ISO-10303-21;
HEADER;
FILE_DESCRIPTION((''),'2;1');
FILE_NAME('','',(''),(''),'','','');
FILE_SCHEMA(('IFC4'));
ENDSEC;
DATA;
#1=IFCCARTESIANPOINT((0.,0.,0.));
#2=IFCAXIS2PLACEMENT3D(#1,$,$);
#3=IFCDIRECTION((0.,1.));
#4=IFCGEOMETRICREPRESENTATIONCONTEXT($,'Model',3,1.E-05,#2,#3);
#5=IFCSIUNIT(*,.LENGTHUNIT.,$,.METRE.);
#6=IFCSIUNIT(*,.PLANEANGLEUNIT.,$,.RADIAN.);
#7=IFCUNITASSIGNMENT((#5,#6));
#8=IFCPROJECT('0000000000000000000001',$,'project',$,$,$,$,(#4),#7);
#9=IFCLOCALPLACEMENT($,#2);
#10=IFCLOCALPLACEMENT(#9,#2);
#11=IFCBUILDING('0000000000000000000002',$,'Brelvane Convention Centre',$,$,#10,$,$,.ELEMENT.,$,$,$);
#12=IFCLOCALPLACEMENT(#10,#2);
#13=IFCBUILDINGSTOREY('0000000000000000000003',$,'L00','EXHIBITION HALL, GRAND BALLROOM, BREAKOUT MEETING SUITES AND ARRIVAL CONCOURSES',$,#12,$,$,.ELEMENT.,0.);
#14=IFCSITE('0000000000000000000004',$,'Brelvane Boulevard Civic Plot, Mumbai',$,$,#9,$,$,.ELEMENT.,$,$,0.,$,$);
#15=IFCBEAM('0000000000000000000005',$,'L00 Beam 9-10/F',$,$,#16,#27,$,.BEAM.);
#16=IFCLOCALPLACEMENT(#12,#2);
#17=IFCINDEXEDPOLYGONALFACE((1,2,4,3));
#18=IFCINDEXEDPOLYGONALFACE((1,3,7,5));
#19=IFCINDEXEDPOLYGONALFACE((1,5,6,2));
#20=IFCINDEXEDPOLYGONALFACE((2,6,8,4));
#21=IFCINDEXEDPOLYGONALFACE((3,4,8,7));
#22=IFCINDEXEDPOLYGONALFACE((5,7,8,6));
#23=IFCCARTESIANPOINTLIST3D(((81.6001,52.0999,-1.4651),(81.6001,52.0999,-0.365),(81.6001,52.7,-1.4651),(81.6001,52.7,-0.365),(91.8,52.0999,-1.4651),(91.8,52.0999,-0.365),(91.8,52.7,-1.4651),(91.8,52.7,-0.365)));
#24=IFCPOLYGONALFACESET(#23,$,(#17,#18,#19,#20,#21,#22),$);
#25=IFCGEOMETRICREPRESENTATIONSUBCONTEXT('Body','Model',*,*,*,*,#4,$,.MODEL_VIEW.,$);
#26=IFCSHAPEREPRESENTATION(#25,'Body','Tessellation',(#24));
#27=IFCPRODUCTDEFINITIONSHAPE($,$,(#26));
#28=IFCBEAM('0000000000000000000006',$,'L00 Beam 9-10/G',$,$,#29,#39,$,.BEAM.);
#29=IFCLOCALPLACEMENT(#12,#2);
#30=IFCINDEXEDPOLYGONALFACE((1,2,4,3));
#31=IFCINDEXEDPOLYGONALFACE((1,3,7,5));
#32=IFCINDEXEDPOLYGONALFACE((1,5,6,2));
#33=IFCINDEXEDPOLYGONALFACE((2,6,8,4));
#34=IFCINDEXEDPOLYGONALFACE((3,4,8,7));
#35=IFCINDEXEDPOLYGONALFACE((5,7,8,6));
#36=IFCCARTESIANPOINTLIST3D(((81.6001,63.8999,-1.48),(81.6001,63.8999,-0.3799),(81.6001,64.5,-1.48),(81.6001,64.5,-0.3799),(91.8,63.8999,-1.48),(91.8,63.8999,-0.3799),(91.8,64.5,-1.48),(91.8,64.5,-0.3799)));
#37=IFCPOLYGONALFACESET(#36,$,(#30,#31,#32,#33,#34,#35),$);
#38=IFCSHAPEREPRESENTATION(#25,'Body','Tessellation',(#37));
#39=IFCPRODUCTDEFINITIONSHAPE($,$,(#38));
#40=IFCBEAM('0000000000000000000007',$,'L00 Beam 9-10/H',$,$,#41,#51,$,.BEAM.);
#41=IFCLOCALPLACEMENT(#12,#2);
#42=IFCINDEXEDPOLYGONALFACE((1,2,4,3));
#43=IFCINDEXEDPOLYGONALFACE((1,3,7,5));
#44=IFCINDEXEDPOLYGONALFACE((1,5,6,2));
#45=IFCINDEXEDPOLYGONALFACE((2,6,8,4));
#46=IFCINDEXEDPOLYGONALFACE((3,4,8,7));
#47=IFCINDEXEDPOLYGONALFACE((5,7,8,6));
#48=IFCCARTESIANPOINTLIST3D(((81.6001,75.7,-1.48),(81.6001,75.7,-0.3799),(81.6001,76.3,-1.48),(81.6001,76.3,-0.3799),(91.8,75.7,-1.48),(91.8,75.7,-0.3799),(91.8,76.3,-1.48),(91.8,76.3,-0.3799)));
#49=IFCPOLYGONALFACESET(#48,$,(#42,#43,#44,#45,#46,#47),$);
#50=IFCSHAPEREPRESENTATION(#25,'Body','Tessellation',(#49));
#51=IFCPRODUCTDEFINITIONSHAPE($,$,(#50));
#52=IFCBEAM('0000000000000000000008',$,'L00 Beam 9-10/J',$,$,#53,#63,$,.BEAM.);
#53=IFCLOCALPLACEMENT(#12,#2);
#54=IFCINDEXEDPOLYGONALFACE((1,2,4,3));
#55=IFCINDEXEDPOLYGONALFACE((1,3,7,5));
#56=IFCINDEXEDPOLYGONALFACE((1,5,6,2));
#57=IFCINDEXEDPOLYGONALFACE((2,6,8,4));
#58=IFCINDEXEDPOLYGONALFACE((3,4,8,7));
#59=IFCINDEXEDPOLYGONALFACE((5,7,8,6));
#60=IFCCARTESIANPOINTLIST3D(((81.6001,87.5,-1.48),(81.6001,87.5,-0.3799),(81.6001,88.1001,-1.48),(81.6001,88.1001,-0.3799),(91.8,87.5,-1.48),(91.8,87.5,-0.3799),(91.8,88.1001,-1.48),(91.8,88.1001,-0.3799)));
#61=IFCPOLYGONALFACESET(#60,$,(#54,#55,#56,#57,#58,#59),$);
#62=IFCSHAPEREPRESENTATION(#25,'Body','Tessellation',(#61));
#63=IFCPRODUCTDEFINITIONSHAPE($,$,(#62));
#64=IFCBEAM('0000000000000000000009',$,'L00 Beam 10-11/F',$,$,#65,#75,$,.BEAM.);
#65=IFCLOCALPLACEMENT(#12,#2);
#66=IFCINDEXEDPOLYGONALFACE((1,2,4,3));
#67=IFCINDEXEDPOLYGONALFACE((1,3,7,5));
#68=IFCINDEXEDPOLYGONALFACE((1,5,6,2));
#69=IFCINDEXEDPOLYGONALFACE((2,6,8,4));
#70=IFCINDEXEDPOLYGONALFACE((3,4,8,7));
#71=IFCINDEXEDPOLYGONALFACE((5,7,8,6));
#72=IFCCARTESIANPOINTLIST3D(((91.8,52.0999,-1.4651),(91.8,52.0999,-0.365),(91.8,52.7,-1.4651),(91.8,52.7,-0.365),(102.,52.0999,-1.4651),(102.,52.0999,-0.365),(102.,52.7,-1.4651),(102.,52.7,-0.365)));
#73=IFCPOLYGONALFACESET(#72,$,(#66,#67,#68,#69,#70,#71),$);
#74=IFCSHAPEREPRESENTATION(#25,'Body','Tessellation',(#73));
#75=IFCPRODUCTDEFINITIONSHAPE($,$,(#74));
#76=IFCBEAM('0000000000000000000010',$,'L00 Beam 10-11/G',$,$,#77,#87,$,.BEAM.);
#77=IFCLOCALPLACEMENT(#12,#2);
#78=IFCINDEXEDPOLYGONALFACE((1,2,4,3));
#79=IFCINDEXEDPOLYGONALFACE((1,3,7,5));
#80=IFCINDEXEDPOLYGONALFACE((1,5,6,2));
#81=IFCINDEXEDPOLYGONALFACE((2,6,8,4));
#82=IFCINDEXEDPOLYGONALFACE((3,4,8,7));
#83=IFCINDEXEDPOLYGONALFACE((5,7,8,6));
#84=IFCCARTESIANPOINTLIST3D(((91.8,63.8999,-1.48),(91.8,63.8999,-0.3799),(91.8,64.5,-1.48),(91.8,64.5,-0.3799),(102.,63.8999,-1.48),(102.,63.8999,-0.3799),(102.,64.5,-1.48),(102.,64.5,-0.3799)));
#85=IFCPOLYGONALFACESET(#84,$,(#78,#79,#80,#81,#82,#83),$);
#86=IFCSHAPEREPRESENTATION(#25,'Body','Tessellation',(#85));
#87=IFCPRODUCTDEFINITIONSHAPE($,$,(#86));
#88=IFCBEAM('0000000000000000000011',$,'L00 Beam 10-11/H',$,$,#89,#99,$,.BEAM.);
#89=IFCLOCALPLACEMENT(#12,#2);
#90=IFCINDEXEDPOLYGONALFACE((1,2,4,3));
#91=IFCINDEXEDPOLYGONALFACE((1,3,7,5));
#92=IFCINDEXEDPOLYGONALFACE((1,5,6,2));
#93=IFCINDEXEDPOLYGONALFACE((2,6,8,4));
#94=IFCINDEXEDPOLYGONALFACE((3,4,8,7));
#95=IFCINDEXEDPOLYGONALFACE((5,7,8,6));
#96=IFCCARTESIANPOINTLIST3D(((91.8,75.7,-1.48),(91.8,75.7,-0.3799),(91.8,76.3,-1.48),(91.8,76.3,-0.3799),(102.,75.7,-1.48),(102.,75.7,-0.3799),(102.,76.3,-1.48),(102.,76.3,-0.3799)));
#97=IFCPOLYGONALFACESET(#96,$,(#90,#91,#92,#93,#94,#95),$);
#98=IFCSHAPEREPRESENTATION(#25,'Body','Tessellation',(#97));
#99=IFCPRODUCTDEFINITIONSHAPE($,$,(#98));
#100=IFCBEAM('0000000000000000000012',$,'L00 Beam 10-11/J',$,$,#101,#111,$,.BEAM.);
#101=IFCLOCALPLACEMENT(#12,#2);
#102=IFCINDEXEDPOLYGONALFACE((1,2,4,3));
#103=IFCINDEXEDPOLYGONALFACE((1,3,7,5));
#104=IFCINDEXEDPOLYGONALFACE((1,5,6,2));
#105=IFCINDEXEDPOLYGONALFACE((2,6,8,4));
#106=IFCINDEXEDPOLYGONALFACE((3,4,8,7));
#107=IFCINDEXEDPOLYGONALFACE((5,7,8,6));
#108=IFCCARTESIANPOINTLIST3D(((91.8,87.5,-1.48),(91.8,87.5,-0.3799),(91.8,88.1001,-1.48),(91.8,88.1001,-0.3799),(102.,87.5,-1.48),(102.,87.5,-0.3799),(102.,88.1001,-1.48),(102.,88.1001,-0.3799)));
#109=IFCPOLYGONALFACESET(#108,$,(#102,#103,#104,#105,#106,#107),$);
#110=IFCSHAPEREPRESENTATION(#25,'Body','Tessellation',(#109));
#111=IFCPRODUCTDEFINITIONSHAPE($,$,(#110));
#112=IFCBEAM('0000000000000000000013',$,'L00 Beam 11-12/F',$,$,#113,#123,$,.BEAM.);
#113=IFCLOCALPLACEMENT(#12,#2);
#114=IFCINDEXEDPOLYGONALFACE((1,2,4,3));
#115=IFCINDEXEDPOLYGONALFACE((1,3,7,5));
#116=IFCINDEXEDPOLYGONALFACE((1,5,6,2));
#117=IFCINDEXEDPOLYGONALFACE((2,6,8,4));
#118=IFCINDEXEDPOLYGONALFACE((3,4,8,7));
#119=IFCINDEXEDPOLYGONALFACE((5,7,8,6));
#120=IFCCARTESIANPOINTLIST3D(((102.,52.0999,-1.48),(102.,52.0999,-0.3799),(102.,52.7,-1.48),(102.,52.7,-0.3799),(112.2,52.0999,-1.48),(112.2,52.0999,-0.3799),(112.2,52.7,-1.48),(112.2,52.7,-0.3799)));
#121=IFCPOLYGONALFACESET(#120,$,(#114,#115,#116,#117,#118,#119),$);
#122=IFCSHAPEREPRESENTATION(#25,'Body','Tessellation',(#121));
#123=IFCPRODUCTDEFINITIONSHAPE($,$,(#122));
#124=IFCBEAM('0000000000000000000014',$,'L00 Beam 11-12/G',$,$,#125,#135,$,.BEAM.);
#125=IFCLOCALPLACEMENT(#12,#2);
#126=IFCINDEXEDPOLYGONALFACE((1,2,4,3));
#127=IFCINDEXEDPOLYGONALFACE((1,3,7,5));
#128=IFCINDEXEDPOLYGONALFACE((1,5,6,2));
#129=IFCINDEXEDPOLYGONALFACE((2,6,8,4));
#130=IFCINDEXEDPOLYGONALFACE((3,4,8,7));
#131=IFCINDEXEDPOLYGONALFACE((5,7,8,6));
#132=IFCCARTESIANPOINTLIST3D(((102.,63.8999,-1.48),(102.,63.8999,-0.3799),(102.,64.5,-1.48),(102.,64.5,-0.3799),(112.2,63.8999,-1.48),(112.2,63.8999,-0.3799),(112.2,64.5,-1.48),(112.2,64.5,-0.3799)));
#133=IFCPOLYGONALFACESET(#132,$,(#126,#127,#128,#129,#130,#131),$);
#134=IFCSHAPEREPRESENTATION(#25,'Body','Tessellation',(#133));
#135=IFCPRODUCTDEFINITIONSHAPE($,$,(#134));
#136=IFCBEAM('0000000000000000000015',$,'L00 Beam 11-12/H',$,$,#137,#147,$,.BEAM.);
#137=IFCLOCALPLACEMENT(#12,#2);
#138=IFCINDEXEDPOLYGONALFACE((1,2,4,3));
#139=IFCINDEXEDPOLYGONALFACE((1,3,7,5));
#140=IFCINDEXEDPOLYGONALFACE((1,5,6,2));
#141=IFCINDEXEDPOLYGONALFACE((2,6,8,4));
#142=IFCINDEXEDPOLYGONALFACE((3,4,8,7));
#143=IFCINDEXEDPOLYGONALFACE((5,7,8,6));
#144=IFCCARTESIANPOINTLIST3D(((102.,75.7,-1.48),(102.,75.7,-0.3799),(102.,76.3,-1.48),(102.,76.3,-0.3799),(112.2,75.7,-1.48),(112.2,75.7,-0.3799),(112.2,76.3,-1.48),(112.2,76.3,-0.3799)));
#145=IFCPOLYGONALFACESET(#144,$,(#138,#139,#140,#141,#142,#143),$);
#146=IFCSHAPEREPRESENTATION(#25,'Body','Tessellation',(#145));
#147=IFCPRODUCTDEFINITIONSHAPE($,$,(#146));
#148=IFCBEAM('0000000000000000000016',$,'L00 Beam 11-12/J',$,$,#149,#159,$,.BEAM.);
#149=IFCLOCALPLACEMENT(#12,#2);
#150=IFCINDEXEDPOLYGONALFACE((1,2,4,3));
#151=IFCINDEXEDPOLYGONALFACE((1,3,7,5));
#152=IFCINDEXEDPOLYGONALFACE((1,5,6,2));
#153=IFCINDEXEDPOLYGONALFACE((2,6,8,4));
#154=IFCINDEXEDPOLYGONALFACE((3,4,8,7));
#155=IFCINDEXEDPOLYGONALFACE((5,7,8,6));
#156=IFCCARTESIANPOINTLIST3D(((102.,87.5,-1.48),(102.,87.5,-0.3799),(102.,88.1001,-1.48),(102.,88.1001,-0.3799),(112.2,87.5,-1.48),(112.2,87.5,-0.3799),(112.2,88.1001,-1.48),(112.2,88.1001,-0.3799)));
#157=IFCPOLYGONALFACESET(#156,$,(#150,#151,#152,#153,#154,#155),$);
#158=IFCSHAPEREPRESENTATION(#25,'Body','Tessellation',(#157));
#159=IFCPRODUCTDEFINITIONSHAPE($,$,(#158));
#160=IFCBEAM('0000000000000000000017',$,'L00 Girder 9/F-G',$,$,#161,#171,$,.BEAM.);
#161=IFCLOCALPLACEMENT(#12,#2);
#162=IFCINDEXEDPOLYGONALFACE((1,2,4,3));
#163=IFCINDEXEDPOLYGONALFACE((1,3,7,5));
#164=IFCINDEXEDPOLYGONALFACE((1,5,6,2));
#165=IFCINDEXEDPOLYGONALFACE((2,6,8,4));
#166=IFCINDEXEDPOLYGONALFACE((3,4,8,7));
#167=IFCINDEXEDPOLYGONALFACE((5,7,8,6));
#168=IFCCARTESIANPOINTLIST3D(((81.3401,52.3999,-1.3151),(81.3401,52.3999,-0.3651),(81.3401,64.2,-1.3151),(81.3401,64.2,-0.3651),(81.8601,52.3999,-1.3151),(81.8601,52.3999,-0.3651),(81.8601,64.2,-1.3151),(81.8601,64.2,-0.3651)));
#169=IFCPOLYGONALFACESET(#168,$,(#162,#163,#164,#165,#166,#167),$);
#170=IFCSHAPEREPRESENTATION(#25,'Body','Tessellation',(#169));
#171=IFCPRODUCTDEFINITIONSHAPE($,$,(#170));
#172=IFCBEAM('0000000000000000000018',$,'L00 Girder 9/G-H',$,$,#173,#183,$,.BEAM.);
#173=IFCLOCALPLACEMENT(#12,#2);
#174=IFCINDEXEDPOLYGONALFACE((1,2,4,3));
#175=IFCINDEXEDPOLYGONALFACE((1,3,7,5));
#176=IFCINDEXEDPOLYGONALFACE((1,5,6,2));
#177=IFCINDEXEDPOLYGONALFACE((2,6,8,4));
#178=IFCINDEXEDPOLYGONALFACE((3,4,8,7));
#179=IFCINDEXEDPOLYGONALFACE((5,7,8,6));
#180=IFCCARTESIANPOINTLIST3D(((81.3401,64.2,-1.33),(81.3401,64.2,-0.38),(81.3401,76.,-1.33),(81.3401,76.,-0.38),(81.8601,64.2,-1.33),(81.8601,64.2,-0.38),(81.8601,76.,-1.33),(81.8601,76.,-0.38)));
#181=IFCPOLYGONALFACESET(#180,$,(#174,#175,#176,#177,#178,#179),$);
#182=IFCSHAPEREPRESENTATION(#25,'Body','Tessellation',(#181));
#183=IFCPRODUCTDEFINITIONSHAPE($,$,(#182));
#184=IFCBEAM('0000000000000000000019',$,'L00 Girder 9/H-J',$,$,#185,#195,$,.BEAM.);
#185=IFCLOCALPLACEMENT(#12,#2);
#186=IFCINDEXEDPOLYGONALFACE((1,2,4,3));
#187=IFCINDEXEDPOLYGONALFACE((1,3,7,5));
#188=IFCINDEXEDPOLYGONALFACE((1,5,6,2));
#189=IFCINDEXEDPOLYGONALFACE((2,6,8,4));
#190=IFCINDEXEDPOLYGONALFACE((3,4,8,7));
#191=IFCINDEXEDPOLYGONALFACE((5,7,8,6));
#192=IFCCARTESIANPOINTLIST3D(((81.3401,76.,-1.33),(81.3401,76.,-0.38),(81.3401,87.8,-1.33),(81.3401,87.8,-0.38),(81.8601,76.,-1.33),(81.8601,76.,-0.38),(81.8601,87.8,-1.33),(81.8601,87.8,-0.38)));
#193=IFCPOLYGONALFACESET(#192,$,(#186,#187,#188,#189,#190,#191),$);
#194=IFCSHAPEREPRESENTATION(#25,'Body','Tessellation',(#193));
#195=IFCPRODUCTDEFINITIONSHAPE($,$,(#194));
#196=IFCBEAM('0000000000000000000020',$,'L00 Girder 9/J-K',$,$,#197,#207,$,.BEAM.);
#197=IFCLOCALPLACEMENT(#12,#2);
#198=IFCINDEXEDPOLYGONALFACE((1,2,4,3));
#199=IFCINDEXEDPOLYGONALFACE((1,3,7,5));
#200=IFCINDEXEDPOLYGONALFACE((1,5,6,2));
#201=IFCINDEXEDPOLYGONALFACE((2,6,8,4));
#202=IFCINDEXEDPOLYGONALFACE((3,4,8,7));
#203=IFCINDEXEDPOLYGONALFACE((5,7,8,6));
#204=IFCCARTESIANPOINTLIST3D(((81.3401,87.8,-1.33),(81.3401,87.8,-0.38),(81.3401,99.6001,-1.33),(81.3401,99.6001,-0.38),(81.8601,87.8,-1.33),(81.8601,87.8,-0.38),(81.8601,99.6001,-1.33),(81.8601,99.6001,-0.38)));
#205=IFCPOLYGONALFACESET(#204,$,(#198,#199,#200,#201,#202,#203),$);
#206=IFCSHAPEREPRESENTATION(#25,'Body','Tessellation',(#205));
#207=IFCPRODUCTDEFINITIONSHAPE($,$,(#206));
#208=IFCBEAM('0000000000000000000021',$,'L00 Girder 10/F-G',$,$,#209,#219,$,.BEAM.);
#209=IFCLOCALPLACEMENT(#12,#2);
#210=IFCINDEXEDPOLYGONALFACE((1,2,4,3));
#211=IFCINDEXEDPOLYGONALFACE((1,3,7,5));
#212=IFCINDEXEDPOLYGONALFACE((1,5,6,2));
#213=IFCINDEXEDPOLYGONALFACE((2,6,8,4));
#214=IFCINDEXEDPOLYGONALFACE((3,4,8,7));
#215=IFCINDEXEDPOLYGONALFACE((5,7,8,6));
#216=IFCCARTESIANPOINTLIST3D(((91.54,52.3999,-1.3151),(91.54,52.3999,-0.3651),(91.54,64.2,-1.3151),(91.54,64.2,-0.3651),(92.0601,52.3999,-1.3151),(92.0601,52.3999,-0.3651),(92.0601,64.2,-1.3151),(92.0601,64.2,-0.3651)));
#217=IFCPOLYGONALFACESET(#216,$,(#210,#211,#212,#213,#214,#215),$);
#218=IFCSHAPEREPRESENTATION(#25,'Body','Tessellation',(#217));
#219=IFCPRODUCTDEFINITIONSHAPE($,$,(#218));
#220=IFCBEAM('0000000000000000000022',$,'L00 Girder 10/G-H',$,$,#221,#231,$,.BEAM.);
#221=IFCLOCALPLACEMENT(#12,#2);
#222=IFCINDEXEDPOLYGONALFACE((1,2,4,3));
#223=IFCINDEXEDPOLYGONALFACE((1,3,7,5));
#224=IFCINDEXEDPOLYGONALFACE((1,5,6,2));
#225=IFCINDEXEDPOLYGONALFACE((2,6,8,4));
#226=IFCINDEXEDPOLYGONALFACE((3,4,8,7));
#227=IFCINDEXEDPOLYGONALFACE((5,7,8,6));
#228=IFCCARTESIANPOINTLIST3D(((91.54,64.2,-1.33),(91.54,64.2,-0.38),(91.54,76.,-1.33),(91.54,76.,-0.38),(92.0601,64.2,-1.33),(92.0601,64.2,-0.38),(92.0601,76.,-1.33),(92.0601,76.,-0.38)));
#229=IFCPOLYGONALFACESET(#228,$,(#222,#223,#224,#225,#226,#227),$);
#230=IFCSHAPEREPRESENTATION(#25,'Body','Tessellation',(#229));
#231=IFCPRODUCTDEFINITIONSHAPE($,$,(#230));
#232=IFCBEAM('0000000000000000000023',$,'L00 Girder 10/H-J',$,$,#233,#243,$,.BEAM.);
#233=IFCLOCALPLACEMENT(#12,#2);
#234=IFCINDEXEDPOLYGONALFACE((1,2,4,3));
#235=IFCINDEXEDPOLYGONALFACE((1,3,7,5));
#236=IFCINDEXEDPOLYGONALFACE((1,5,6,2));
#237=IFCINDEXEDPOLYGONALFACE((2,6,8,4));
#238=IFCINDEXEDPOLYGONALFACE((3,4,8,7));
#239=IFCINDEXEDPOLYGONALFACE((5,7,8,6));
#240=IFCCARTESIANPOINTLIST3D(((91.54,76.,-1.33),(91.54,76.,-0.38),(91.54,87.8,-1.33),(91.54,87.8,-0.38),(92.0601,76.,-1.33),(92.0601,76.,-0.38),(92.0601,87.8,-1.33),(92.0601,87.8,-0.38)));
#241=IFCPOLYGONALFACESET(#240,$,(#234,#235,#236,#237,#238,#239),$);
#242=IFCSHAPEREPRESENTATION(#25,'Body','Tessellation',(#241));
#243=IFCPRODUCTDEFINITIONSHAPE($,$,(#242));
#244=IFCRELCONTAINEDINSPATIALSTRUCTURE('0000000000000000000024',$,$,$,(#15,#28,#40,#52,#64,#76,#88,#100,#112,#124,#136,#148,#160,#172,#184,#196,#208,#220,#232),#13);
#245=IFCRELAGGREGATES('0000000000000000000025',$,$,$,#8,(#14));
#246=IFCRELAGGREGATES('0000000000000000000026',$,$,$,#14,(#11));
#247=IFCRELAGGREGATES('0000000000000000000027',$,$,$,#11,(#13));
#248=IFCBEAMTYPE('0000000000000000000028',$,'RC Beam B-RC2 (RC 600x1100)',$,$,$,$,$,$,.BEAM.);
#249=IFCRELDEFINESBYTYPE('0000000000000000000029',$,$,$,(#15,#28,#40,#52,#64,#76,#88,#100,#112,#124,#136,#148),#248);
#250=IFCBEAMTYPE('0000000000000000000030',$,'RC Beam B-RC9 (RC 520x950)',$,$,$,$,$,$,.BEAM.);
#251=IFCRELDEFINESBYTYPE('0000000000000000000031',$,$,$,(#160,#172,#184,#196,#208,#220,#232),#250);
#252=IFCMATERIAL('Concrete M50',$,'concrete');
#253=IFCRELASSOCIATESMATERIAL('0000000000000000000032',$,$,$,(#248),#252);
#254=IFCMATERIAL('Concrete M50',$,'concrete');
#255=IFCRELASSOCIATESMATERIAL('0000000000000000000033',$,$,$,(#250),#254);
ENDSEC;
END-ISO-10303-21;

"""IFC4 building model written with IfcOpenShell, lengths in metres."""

from ifc_helpers import new_model, si_unit, direction, frame, origin, origin_2d, place, context, subcontext, project, spatial, rectangle, extrude, material, material_profile, profile_set, type_object, element, save


model = new_model("IFC4")

# Units and contexts
model_context = context("Model", 3, precision=1e-05, world=origin(), true_north=direction((0.0, 1.0)))
body_context = subcontext(model_context, "Body", "Model", "MODEL_VIEW")
ifc_project = project(units=[si_unit("LENGTHUNIT", "METRE"), si_unit("PLANEANGLEUNIT", "RADIAN")], contexts=[model_context])

# Site, building, storey
site_placement = place(None, origin())
site = spatial("IfcSite", under=ifc_project, at=site_placement, Name="Brelvane Boulevard Civic Plot, Mumbai", CompositionType="ELEMENT", RefElevation=0.0)
building_placement = place(site_placement, origin())
building = spatial("IfcBuilding", under=site, at=building_placement, Name="Brelvane Convention Centre", CompositionType="ELEMENT")
storey_placement = place(building_placement, origin())
storey = spatial("IfcBuildingStorey", under=building, at=storey_placement, Name="L00", Description="EXHIBITION HALL, GRAND BALLROOM, BREAKOUT MEETING SUITES AND ARRIVAL CONCOURSES", CompositionType="ELEMENT", Elevation=0.0)

# Beams
ifc_material_1 = material(Name="Concrete M50", Category="concrete")
ifc_material_profile_1 = material_profile(ifc_material_1, rectangle(XDim=0.6001, YDim=1.1001, at=origin_2d()), Name="RC 600x1100")
ifc_profile_set_1 = profile_set([ifc_material_profile_1], Name="Concrete M50")
beam_type_1 = type_object("IfcBeamType", Name="RC Beam B-RC2 (RC 600x1100)", PredefinedType="BEAM", material=ifc_profile_set_1)
for number, where, z_axis, x_axis, name in (
    (1, (81.6001, 52.3999, -0.915), (1.0, 0.0, 0.0), (0.0, 1.0, 0.0), "L00 Beam 9-10/F"),
    (2, (81.6001, 64.2, -0.9299), (1.0, 0.0, 0.0), (0.0, 1.0, 0.0), "L00 Beam 9-10/G"),
    (3, (81.6001, 76.0, -0.9299), (1.0, 0.0, 0.0), (0.0, 1.0, 0.0), "L00 Beam 9-10/H"),
    (4, (81.6001, 87.8, -0.9299), (1.0, 0.0, 0.0), (0.0, 1.0, 0.0), "L00 Beam 9-10/J"),
    (5, (91.8, 52.3999, -0.915), (1.0, 0.0, 0.0), (0.0, 1.0, 0.0), "L00 Beam 10-11/F"),
    (6, (91.8, 64.2, -0.9299), (1.0, 0.0, 0.0), (0.0, 1.0, 0.0), "L00 Beam 10-11/G"),
    (7, (91.8, 76.0, -0.9299), (1.0, 0.0, 0.0), (0.0, 1.0, 0.0), "L00 Beam 10-11/H"),
    (8, (91.8, 87.8, -0.9299), (1.0, 0.0, 0.0), (0.0, 1.0, 0.0), "L00 Beam 10-11/J"),
    (9, (102.0, 52.3999, -0.9299), (1.0, 0.0, 0.0), (0.0, 1.0, 0.0), "L00 Beam 11-12/F"),
    (10, (102.0, 64.2, -0.9299), (1.0, 0.0, 0.0), (0.0, 1.0, 0.0), "L00 Beam 11-12/G"),
    (11, (102.0, 76.0, -0.9299), (1.0, 0.0, 0.0), (0.0, 1.0, 0.0), "L00 Beam 11-12/H"),
    (12, (102.0, 87.8, -0.9299), (1.0, 0.0, 0.0), (0.0, 1.0, 0.0), "L00 Beam 11-12/J"),
):
    element("IfcBeam", number, at=place(storey_placement, frame(where, z_axis=z_axis, x_axis=x_axis)), inside=storey, type_object=beam_type_1, Name=name, PredefinedType="BEAM", context=body_context, shape_type="SweptSolid", body=[
        extrude(rectangle(XDim=0.6001, YDim=1.1001, at=origin_2d()), origin(), (0.0, 0.0, 1.0), 10.2),
    ])
ifc_material_2 = material(Name="Concrete M50", Category="concrete")
ifc_material_profile_2 = material_profile(ifc_material_2, rectangle(XDim=0.52, YDim=0.95, at=origin_2d()), Name="RC 520x950")
ifc_profile_set_2 = profile_set([ifc_material_profile_2], Name="Concrete M50")
beam_type_2 = type_object("IfcBeamType", Name="RC Beam B-RC9 (RC 520x950)", PredefinedType="BEAM", material=ifc_profile_set_2)
for number, where, z_axis, x_axis, name in (
    (13, (81.6001, 52.3999, -0.8401), (0.0, 1.0, 0.0), (-1.0, 0.0, 0.0), "L00 Girder 9/F-G"),
    (14, (81.6001, 64.2, -0.855), (0.0, 1.0, 0.0), (-1.0, 0.0, 0.0), "L00 Girder 9/G-H"),
    (15, (81.6001, 76.0, -0.855), (0.0, 1.0, 0.0), (-1.0, 0.0, 0.0), "L00 Girder 9/H-J"),
    (16, (81.6001, 87.8, -0.855), (0.0, 1.0, 0.0), (-1.0, 0.0, 0.0), "L00 Girder 9/J-K"),
    (17, (91.8, 52.3999, -0.8401), (0.0, 1.0, 0.0), (-1.0, 0.0, 0.0), "L00 Girder 10/F-G"),
    (18, (91.8, 64.2, -0.855), (0.0, 1.0, 0.0), (-1.0, 0.0, 0.0), "L00 Girder 10/G-H"),
    (19, (91.8, 76.0, -0.855), (0.0, 1.0, 0.0), (-1.0, 0.0, 0.0), "L00 Girder 10/H-J"),
):
    element("IfcBeam", number, at=place(storey_placement, frame(where, z_axis=z_axis, x_axis=x_axis)), inside=storey, type_object=beam_type_2, Name=name, PredefinedType="BEAM", context=body_context, shape_type="SweptSolid", body=[
        extrude(rectangle(XDim=0.52, YDim=0.95, at=origin_2d()), origin(), (0.0, 0.0, 1.0), 11.8),
    ])

save(model, "model.ifc")
